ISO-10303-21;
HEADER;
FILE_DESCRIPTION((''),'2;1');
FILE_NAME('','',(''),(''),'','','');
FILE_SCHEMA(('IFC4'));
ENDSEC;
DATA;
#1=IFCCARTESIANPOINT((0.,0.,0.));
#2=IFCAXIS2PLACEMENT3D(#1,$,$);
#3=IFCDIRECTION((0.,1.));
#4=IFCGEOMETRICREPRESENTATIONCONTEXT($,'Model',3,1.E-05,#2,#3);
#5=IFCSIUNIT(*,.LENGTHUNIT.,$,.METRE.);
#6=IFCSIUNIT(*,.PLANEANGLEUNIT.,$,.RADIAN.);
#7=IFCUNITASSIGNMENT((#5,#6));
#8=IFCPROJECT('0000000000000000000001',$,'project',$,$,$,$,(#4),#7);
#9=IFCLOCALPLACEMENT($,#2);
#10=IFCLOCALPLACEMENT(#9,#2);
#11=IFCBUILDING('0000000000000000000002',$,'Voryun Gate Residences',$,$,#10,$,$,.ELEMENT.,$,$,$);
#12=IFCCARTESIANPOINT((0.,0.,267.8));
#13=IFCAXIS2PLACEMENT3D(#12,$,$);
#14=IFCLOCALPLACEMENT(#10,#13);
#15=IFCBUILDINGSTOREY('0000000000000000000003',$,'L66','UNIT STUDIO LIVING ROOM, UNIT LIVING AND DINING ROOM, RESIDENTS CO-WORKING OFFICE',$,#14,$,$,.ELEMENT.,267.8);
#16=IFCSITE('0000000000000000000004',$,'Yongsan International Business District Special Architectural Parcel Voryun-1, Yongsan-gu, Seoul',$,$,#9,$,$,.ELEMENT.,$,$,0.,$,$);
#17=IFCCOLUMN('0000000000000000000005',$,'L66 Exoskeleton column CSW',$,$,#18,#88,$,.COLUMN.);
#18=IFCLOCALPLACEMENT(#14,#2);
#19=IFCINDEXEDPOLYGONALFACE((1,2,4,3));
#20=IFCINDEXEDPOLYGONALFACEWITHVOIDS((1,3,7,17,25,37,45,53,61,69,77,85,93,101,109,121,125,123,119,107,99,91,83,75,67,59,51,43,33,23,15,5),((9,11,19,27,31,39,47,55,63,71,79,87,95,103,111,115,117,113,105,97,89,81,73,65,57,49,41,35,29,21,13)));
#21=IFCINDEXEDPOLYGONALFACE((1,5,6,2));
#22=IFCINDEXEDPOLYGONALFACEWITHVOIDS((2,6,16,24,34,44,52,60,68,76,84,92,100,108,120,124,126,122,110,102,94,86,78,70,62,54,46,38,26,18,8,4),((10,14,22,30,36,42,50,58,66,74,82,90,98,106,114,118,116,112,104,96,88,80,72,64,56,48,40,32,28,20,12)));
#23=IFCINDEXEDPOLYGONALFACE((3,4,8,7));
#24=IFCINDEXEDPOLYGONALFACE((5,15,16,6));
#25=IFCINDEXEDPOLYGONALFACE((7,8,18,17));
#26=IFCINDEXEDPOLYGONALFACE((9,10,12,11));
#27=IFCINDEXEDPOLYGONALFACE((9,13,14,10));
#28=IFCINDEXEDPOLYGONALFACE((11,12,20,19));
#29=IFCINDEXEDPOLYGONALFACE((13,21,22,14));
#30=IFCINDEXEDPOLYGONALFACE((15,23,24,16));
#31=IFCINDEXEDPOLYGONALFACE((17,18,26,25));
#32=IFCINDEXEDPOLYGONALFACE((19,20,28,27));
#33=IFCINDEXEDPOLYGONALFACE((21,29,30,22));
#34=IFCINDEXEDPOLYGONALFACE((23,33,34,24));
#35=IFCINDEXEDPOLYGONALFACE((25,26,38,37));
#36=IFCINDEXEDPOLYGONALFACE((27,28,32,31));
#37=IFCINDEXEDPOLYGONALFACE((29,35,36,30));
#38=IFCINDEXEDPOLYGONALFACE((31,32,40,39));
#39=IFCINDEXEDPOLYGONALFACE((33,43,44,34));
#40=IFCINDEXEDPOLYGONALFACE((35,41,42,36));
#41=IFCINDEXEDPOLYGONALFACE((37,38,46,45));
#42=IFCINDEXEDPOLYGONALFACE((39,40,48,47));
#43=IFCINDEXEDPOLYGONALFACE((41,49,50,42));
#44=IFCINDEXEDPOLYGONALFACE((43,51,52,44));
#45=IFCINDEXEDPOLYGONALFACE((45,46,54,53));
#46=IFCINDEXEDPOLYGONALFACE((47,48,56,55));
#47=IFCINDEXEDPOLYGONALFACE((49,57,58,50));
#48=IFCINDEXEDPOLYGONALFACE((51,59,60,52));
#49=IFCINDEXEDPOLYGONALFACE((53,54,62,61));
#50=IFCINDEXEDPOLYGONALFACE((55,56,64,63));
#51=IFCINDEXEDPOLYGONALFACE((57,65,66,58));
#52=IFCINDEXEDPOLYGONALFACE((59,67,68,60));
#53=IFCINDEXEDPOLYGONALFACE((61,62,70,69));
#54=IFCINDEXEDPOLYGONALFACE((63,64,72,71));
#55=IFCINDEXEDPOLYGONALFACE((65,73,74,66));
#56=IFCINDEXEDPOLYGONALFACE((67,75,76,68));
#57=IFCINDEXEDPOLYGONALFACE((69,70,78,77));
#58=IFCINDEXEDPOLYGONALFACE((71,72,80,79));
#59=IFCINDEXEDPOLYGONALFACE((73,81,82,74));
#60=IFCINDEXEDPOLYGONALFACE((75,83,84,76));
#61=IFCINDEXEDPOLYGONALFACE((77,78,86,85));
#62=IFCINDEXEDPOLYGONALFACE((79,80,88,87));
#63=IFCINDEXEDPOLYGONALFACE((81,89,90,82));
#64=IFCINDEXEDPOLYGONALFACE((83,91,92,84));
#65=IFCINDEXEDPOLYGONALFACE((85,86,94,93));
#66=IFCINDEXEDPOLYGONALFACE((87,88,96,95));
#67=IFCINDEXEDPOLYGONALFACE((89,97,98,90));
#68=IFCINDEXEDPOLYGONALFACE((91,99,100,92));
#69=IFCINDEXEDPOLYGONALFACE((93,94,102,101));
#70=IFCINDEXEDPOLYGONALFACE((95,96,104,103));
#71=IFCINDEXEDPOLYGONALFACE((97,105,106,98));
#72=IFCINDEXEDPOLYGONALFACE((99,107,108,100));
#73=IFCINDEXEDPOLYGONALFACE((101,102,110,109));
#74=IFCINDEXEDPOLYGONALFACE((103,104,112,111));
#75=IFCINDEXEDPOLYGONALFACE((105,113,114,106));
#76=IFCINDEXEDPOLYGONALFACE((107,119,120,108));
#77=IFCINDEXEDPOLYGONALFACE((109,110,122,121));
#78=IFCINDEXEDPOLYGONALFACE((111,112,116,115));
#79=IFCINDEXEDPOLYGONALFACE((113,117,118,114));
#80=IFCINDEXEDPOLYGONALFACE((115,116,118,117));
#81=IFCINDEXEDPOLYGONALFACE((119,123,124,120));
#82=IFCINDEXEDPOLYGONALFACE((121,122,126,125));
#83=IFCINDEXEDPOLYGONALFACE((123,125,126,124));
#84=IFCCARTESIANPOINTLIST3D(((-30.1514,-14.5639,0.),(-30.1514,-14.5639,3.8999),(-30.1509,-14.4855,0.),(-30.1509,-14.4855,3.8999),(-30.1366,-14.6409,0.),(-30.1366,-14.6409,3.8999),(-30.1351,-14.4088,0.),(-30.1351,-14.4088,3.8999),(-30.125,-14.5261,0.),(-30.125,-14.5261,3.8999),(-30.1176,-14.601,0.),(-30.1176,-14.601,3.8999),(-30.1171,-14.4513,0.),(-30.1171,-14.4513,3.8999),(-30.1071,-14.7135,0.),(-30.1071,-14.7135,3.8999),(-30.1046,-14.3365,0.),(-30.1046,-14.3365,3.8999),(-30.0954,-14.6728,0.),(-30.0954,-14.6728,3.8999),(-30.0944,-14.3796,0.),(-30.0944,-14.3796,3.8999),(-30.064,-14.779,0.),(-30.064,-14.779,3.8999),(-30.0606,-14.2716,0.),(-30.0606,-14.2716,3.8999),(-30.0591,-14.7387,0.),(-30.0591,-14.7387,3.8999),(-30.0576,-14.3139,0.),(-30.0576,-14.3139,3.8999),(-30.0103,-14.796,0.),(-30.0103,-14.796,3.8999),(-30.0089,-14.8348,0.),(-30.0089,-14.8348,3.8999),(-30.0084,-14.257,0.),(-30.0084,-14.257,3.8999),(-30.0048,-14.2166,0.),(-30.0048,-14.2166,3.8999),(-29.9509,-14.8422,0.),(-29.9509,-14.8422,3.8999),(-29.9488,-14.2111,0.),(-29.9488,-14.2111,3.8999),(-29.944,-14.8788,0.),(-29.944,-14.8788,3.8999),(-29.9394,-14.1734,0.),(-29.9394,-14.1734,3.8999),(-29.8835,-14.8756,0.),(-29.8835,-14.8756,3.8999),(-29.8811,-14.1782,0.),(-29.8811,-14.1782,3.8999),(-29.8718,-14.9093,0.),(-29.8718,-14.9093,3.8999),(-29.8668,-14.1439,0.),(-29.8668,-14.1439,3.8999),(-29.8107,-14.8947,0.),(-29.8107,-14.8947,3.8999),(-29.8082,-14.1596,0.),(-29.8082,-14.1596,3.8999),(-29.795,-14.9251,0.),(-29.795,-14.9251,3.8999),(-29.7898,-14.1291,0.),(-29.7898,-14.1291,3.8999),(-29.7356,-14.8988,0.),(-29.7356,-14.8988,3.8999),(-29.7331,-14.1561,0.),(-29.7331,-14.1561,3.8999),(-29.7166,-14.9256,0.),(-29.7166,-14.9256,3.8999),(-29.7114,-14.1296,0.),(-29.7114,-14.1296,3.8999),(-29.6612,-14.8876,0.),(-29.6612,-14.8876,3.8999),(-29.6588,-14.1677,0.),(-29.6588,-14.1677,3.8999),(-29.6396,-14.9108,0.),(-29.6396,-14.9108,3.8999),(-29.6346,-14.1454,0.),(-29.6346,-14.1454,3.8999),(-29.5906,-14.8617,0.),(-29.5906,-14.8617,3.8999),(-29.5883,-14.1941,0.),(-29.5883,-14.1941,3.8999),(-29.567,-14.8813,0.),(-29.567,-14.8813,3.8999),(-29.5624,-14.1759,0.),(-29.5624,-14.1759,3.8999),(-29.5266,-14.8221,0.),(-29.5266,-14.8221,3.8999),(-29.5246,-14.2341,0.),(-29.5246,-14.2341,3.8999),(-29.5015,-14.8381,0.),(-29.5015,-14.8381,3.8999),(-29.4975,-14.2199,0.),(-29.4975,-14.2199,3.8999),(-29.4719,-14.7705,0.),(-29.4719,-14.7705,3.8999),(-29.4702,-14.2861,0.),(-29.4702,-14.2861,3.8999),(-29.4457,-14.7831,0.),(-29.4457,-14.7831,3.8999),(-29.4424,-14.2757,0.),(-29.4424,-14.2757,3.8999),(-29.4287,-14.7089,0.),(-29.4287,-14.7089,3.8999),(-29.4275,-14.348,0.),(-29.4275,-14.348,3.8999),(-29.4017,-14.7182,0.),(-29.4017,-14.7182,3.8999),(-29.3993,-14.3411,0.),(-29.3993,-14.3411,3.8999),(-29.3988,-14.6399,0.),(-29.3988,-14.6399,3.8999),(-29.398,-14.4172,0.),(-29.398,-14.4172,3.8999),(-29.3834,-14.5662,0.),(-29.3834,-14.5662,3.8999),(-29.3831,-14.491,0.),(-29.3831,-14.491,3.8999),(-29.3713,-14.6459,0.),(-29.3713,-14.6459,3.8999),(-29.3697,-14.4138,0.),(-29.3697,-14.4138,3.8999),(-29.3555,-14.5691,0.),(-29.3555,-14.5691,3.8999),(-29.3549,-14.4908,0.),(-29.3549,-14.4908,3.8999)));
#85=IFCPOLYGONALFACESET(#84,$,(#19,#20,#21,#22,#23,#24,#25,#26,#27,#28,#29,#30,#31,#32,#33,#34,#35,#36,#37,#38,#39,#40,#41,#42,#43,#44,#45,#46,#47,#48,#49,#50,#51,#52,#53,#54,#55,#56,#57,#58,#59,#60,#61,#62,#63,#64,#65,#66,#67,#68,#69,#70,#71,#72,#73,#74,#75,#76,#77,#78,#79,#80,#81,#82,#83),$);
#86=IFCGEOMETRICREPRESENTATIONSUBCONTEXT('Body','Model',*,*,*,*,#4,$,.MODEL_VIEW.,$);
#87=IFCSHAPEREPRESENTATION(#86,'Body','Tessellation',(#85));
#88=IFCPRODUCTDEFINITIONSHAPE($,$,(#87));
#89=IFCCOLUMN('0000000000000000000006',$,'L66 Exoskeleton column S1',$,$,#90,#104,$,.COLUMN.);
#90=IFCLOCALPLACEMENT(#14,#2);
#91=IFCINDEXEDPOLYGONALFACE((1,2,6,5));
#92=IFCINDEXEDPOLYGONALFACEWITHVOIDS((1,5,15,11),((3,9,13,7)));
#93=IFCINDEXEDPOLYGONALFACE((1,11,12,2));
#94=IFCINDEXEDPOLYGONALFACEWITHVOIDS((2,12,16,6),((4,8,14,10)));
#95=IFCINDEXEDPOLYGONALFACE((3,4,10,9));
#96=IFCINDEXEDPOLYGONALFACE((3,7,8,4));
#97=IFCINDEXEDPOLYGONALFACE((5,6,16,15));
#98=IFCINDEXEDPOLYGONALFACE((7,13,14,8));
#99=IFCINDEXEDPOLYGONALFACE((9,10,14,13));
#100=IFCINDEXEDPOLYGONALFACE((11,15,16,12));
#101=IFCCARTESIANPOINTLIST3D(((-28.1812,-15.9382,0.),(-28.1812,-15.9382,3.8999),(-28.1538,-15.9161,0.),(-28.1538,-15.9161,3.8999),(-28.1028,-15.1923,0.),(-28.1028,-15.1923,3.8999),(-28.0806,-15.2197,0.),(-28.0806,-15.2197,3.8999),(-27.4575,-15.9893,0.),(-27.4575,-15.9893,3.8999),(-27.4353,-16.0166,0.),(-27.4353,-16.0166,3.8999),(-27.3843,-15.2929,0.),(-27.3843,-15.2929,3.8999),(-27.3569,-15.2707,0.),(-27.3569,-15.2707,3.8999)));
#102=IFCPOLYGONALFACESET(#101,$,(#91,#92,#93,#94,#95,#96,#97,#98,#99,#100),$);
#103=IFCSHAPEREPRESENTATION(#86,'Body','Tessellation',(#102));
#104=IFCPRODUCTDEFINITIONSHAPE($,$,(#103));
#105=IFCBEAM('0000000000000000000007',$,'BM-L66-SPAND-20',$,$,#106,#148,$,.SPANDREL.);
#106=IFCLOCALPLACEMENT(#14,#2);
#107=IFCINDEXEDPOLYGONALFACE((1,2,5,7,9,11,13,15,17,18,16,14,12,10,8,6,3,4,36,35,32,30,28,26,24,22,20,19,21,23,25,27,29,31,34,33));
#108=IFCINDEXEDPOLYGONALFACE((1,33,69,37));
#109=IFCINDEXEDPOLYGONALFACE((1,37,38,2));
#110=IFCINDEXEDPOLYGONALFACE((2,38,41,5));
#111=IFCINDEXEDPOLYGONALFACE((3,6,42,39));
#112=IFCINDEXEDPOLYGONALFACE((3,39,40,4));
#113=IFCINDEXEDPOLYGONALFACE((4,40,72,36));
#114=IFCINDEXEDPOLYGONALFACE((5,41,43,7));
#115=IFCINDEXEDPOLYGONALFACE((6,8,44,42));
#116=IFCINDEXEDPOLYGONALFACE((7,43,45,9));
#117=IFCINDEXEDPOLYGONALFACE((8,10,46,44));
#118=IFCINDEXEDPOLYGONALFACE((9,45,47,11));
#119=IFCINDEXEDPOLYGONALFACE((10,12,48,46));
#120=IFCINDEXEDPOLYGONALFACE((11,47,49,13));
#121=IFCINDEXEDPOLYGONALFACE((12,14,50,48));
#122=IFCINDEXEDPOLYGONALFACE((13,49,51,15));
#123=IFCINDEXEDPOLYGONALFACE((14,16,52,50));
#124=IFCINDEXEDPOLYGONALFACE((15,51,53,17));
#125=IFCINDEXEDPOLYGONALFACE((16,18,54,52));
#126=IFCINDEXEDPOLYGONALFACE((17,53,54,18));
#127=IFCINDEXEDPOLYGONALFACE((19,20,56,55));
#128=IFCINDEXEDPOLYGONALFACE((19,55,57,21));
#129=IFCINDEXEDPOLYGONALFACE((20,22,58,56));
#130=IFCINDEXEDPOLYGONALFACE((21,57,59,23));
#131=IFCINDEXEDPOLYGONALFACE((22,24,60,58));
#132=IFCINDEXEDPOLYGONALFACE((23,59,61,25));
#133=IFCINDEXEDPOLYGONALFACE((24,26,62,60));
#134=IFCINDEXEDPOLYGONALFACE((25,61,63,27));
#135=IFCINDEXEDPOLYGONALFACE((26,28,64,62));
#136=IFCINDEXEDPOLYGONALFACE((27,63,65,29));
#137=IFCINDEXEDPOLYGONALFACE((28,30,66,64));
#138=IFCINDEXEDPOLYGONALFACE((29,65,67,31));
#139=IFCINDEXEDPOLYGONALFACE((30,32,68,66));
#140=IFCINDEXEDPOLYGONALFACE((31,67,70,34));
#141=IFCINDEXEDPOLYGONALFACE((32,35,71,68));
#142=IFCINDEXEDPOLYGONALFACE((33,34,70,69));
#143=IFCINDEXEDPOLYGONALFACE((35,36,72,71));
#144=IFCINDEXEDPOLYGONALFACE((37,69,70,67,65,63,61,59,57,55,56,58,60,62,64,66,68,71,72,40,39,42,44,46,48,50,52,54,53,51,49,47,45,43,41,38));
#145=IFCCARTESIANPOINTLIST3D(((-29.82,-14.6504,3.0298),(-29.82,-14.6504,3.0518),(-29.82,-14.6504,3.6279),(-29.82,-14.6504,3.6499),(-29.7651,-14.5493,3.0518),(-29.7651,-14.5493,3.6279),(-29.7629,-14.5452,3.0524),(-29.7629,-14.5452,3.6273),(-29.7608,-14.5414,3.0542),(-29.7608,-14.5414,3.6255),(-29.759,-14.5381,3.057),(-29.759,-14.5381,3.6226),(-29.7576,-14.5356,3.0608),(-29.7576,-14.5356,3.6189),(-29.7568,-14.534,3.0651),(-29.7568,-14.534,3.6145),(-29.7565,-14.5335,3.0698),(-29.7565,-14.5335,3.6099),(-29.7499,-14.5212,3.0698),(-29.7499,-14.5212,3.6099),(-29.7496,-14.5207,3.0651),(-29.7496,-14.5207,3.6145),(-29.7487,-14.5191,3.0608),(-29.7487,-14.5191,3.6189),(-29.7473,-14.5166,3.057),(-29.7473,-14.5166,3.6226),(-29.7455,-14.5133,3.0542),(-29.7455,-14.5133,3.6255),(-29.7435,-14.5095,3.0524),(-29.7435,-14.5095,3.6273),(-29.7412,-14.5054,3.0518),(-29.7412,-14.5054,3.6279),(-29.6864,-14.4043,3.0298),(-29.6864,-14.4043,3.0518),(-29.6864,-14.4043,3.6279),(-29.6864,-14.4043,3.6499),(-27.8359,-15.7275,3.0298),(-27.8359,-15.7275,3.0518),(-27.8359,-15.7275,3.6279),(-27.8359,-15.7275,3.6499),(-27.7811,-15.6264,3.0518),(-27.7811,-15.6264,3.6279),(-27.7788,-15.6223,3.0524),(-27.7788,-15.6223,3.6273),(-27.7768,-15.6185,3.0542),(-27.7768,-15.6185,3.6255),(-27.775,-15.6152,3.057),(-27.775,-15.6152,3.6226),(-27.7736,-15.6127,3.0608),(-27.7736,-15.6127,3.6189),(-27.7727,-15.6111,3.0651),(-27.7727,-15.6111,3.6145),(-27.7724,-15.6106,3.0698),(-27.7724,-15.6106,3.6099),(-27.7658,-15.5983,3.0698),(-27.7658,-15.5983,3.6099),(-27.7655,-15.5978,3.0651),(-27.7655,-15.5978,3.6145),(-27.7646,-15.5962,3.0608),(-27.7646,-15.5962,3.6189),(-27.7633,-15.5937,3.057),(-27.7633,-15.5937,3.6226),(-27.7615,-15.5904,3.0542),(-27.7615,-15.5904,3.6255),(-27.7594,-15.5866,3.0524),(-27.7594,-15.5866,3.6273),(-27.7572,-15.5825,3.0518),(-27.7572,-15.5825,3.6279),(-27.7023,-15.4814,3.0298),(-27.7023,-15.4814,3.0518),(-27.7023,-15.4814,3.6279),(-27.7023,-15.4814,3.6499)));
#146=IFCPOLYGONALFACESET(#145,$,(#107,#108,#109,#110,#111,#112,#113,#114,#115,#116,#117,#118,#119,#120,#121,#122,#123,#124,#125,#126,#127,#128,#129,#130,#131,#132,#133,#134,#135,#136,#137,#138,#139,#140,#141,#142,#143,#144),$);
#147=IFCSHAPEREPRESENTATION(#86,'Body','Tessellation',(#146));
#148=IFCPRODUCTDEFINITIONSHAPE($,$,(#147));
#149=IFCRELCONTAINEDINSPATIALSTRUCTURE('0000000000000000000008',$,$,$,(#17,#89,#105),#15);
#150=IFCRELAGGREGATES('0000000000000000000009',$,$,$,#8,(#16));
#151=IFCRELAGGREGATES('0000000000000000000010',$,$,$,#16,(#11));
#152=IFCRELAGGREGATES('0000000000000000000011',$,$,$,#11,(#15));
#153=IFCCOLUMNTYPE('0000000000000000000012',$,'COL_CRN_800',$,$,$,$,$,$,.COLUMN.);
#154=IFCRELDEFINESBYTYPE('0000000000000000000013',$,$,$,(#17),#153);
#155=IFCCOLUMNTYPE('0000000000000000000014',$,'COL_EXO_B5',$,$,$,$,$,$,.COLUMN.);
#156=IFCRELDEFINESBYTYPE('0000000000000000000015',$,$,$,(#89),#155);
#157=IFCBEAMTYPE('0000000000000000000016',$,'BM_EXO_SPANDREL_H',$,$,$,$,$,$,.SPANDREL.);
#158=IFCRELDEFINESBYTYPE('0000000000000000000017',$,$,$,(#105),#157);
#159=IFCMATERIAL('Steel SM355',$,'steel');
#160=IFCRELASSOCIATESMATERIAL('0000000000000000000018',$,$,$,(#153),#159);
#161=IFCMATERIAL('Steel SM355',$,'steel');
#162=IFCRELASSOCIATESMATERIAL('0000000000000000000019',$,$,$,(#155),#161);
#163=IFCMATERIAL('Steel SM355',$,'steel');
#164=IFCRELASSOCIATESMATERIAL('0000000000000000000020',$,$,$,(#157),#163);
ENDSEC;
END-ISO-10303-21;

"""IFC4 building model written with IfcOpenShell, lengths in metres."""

from ifc_helpers import new_model, si_unit, direction, frame, origin, origin_2d, place, context, subcontext, project, spatial, hollow_rectangle, hollow_circle, i_section, extrude, material, material_profile, profile_set, type_object, element, save


model = new_model("IFC4")

# Units and contexts
model_context = context("Model", 3, precision=1e-05, world=origin(), true_north=direction((0.0, 1.0)))
body_context = subcontext(model_context, "Body", "Model", "MODEL_VIEW")
ifc_project = project(units=[si_unit("LENGTHUNIT", "METRE"), si_unit("PLANEANGLEUNIT", "RADIAN")], contexts=[model_context])

# Site, building, storey
site_placement = place(None, origin())
site = spatial("IfcSite", under=ifc_project, at=site_placement, Name="Yongsan International Business District Special Architectural Parcel Voryun-1, Yongsan-gu, Seoul", CompositionType="ELEMENT", RefElevation=0.0)
building_placement = place(site_placement, origin())
building = spatial("IfcBuilding", under=site, at=building_placement, Name="Voryun Gate Residences", CompositionType="ELEMENT")
storey_placement = place(building_placement, frame((0.0, 0.0, 267.8)))
storey = spatial("IfcBuildingStorey", under=building, at=storey_placement, Name="L66", Description="UNIT STUDIO LIVING ROOM, UNIT LIVING AND DINING ROOM, RESIDENTS CO-WORKING OFFICE", CompositionType="ELEMENT", Elevation=267.8)

# Columns
ifc_material_1 = material(Name="Steel SM355", Category="steel")
ifc_material_profile_1 = material_profile(ifc_material_1, hollow_circle(Radius=0.3999, WallThickness=0.0281, at=origin_2d()), Name="CHS-800x28")
ifc_profile_set_1 = profile_set([ifc_material_profile_1], Name="Steel SM355")
column_type_1 = type_object("IfcColumnType", Name="COL_CRN_800", PredefinedType="COLUMN", material=ifc_profile_set_1)
column_1_placement = place(storey_placement, frame((-29.7532, -14.5273, 0.0), z_axis=(0.0, 0.0, 1.0), x_axis=(0.994522, -0.104528, 0.0)))
element("IfcColumn", 1, at=column_1_placement, inside=storey, type_object=column_type_1, Name="L66 Exoskeleton column CSW", PredefinedType="COLUMN", context=body_context, shape_type="SweptSolid", body=[
    extrude(hollow_circle(Radius=0.3999, WallThickness=0.0281, at=origin_2d()), origin(), (0.0, 0.0, 1.0), 3.8999),
])
ifc_material_2 = material(Name="Steel SM355", Category="steel")
ifc_material_profile_2 = material_profile(ifc_material_2, hollow_rectangle(XDim=0.75, YDim=0.75, WallThickness=0.0249, at=origin_2d()), Name="BOX-750x750x25")
ifc_profile_set_2 = profile_set([ifc_material_profile_2], Name="Steel SM355")
column_type_2 = type_object("IfcColumnType", Name="COL_EXO_B5", PredefinedType="COLUMN", material=ifc_profile_set_2)
column_2_placement = place(storey_placement, frame((-27.769, -15.6045, 0.0), z_axis=(0.0, 0.0, 1.0), x_axis=(0.994522, -0.104528, 0.0)))
element("IfcColumn", 2, at=column_2_placement, inside=storey, type_object=column_type_2, Name="L66 Exoskeleton column S1", PredefinedType="COLUMN", context=body_context, shape_type="SweptSolid", body=[
    extrude(hollow_rectangle(XDim=0.75, YDim=0.75, WallThickness=0.0249, at=origin_2d()), origin(), (0.0, 0.0, 1.0), 3.8999),
])

# Beam
ifc_material_3 = material(Name="Steel SM355", Category="steel")
ifc_material_profile_3 = material_profile(ifc_material_3, i_section(OverallWidth=0.28, OverallDepth=0.6201, WebThickness=0.0139, FlangeThickness=0.022, FilletRadius=0.0181, at=origin_2d()), Name="H-620x280x14x22")
ifc_profile_set_3 = profile_set([ifc_material_profile_3], Name="Steel SM355")
beam_type = type_object("IfcBeamType", Name="BM_EXO_SPANDREL_H", PredefinedType="SPANDREL", material=ifc_profile_set_3)
beam_placement = place(storey_placement, frame((-29.7532, -14.5273, 3.3398), z_axis=(0.878844, -0.477109, 0.0), x_axis=(0.477109, 0.878844, 0.0)))
element("IfcBeam", 3, at=beam_placement, inside=storey, type_object=beam_type, Name="BM-L66-SPAND-20", PredefinedType="SPANDREL", context=body_context, shape_type="SweptSolid", body=[
    extrude(i_section(OverallWidth=0.28, OverallDepth=0.6201, WebThickness=0.0139, FlangeThickness=0.022, FilletRadius=0.0181, at=origin_2d()), origin(), (0.0, 0.0, 1.0), 2.2576),
])

save(model, "model.ifc")
